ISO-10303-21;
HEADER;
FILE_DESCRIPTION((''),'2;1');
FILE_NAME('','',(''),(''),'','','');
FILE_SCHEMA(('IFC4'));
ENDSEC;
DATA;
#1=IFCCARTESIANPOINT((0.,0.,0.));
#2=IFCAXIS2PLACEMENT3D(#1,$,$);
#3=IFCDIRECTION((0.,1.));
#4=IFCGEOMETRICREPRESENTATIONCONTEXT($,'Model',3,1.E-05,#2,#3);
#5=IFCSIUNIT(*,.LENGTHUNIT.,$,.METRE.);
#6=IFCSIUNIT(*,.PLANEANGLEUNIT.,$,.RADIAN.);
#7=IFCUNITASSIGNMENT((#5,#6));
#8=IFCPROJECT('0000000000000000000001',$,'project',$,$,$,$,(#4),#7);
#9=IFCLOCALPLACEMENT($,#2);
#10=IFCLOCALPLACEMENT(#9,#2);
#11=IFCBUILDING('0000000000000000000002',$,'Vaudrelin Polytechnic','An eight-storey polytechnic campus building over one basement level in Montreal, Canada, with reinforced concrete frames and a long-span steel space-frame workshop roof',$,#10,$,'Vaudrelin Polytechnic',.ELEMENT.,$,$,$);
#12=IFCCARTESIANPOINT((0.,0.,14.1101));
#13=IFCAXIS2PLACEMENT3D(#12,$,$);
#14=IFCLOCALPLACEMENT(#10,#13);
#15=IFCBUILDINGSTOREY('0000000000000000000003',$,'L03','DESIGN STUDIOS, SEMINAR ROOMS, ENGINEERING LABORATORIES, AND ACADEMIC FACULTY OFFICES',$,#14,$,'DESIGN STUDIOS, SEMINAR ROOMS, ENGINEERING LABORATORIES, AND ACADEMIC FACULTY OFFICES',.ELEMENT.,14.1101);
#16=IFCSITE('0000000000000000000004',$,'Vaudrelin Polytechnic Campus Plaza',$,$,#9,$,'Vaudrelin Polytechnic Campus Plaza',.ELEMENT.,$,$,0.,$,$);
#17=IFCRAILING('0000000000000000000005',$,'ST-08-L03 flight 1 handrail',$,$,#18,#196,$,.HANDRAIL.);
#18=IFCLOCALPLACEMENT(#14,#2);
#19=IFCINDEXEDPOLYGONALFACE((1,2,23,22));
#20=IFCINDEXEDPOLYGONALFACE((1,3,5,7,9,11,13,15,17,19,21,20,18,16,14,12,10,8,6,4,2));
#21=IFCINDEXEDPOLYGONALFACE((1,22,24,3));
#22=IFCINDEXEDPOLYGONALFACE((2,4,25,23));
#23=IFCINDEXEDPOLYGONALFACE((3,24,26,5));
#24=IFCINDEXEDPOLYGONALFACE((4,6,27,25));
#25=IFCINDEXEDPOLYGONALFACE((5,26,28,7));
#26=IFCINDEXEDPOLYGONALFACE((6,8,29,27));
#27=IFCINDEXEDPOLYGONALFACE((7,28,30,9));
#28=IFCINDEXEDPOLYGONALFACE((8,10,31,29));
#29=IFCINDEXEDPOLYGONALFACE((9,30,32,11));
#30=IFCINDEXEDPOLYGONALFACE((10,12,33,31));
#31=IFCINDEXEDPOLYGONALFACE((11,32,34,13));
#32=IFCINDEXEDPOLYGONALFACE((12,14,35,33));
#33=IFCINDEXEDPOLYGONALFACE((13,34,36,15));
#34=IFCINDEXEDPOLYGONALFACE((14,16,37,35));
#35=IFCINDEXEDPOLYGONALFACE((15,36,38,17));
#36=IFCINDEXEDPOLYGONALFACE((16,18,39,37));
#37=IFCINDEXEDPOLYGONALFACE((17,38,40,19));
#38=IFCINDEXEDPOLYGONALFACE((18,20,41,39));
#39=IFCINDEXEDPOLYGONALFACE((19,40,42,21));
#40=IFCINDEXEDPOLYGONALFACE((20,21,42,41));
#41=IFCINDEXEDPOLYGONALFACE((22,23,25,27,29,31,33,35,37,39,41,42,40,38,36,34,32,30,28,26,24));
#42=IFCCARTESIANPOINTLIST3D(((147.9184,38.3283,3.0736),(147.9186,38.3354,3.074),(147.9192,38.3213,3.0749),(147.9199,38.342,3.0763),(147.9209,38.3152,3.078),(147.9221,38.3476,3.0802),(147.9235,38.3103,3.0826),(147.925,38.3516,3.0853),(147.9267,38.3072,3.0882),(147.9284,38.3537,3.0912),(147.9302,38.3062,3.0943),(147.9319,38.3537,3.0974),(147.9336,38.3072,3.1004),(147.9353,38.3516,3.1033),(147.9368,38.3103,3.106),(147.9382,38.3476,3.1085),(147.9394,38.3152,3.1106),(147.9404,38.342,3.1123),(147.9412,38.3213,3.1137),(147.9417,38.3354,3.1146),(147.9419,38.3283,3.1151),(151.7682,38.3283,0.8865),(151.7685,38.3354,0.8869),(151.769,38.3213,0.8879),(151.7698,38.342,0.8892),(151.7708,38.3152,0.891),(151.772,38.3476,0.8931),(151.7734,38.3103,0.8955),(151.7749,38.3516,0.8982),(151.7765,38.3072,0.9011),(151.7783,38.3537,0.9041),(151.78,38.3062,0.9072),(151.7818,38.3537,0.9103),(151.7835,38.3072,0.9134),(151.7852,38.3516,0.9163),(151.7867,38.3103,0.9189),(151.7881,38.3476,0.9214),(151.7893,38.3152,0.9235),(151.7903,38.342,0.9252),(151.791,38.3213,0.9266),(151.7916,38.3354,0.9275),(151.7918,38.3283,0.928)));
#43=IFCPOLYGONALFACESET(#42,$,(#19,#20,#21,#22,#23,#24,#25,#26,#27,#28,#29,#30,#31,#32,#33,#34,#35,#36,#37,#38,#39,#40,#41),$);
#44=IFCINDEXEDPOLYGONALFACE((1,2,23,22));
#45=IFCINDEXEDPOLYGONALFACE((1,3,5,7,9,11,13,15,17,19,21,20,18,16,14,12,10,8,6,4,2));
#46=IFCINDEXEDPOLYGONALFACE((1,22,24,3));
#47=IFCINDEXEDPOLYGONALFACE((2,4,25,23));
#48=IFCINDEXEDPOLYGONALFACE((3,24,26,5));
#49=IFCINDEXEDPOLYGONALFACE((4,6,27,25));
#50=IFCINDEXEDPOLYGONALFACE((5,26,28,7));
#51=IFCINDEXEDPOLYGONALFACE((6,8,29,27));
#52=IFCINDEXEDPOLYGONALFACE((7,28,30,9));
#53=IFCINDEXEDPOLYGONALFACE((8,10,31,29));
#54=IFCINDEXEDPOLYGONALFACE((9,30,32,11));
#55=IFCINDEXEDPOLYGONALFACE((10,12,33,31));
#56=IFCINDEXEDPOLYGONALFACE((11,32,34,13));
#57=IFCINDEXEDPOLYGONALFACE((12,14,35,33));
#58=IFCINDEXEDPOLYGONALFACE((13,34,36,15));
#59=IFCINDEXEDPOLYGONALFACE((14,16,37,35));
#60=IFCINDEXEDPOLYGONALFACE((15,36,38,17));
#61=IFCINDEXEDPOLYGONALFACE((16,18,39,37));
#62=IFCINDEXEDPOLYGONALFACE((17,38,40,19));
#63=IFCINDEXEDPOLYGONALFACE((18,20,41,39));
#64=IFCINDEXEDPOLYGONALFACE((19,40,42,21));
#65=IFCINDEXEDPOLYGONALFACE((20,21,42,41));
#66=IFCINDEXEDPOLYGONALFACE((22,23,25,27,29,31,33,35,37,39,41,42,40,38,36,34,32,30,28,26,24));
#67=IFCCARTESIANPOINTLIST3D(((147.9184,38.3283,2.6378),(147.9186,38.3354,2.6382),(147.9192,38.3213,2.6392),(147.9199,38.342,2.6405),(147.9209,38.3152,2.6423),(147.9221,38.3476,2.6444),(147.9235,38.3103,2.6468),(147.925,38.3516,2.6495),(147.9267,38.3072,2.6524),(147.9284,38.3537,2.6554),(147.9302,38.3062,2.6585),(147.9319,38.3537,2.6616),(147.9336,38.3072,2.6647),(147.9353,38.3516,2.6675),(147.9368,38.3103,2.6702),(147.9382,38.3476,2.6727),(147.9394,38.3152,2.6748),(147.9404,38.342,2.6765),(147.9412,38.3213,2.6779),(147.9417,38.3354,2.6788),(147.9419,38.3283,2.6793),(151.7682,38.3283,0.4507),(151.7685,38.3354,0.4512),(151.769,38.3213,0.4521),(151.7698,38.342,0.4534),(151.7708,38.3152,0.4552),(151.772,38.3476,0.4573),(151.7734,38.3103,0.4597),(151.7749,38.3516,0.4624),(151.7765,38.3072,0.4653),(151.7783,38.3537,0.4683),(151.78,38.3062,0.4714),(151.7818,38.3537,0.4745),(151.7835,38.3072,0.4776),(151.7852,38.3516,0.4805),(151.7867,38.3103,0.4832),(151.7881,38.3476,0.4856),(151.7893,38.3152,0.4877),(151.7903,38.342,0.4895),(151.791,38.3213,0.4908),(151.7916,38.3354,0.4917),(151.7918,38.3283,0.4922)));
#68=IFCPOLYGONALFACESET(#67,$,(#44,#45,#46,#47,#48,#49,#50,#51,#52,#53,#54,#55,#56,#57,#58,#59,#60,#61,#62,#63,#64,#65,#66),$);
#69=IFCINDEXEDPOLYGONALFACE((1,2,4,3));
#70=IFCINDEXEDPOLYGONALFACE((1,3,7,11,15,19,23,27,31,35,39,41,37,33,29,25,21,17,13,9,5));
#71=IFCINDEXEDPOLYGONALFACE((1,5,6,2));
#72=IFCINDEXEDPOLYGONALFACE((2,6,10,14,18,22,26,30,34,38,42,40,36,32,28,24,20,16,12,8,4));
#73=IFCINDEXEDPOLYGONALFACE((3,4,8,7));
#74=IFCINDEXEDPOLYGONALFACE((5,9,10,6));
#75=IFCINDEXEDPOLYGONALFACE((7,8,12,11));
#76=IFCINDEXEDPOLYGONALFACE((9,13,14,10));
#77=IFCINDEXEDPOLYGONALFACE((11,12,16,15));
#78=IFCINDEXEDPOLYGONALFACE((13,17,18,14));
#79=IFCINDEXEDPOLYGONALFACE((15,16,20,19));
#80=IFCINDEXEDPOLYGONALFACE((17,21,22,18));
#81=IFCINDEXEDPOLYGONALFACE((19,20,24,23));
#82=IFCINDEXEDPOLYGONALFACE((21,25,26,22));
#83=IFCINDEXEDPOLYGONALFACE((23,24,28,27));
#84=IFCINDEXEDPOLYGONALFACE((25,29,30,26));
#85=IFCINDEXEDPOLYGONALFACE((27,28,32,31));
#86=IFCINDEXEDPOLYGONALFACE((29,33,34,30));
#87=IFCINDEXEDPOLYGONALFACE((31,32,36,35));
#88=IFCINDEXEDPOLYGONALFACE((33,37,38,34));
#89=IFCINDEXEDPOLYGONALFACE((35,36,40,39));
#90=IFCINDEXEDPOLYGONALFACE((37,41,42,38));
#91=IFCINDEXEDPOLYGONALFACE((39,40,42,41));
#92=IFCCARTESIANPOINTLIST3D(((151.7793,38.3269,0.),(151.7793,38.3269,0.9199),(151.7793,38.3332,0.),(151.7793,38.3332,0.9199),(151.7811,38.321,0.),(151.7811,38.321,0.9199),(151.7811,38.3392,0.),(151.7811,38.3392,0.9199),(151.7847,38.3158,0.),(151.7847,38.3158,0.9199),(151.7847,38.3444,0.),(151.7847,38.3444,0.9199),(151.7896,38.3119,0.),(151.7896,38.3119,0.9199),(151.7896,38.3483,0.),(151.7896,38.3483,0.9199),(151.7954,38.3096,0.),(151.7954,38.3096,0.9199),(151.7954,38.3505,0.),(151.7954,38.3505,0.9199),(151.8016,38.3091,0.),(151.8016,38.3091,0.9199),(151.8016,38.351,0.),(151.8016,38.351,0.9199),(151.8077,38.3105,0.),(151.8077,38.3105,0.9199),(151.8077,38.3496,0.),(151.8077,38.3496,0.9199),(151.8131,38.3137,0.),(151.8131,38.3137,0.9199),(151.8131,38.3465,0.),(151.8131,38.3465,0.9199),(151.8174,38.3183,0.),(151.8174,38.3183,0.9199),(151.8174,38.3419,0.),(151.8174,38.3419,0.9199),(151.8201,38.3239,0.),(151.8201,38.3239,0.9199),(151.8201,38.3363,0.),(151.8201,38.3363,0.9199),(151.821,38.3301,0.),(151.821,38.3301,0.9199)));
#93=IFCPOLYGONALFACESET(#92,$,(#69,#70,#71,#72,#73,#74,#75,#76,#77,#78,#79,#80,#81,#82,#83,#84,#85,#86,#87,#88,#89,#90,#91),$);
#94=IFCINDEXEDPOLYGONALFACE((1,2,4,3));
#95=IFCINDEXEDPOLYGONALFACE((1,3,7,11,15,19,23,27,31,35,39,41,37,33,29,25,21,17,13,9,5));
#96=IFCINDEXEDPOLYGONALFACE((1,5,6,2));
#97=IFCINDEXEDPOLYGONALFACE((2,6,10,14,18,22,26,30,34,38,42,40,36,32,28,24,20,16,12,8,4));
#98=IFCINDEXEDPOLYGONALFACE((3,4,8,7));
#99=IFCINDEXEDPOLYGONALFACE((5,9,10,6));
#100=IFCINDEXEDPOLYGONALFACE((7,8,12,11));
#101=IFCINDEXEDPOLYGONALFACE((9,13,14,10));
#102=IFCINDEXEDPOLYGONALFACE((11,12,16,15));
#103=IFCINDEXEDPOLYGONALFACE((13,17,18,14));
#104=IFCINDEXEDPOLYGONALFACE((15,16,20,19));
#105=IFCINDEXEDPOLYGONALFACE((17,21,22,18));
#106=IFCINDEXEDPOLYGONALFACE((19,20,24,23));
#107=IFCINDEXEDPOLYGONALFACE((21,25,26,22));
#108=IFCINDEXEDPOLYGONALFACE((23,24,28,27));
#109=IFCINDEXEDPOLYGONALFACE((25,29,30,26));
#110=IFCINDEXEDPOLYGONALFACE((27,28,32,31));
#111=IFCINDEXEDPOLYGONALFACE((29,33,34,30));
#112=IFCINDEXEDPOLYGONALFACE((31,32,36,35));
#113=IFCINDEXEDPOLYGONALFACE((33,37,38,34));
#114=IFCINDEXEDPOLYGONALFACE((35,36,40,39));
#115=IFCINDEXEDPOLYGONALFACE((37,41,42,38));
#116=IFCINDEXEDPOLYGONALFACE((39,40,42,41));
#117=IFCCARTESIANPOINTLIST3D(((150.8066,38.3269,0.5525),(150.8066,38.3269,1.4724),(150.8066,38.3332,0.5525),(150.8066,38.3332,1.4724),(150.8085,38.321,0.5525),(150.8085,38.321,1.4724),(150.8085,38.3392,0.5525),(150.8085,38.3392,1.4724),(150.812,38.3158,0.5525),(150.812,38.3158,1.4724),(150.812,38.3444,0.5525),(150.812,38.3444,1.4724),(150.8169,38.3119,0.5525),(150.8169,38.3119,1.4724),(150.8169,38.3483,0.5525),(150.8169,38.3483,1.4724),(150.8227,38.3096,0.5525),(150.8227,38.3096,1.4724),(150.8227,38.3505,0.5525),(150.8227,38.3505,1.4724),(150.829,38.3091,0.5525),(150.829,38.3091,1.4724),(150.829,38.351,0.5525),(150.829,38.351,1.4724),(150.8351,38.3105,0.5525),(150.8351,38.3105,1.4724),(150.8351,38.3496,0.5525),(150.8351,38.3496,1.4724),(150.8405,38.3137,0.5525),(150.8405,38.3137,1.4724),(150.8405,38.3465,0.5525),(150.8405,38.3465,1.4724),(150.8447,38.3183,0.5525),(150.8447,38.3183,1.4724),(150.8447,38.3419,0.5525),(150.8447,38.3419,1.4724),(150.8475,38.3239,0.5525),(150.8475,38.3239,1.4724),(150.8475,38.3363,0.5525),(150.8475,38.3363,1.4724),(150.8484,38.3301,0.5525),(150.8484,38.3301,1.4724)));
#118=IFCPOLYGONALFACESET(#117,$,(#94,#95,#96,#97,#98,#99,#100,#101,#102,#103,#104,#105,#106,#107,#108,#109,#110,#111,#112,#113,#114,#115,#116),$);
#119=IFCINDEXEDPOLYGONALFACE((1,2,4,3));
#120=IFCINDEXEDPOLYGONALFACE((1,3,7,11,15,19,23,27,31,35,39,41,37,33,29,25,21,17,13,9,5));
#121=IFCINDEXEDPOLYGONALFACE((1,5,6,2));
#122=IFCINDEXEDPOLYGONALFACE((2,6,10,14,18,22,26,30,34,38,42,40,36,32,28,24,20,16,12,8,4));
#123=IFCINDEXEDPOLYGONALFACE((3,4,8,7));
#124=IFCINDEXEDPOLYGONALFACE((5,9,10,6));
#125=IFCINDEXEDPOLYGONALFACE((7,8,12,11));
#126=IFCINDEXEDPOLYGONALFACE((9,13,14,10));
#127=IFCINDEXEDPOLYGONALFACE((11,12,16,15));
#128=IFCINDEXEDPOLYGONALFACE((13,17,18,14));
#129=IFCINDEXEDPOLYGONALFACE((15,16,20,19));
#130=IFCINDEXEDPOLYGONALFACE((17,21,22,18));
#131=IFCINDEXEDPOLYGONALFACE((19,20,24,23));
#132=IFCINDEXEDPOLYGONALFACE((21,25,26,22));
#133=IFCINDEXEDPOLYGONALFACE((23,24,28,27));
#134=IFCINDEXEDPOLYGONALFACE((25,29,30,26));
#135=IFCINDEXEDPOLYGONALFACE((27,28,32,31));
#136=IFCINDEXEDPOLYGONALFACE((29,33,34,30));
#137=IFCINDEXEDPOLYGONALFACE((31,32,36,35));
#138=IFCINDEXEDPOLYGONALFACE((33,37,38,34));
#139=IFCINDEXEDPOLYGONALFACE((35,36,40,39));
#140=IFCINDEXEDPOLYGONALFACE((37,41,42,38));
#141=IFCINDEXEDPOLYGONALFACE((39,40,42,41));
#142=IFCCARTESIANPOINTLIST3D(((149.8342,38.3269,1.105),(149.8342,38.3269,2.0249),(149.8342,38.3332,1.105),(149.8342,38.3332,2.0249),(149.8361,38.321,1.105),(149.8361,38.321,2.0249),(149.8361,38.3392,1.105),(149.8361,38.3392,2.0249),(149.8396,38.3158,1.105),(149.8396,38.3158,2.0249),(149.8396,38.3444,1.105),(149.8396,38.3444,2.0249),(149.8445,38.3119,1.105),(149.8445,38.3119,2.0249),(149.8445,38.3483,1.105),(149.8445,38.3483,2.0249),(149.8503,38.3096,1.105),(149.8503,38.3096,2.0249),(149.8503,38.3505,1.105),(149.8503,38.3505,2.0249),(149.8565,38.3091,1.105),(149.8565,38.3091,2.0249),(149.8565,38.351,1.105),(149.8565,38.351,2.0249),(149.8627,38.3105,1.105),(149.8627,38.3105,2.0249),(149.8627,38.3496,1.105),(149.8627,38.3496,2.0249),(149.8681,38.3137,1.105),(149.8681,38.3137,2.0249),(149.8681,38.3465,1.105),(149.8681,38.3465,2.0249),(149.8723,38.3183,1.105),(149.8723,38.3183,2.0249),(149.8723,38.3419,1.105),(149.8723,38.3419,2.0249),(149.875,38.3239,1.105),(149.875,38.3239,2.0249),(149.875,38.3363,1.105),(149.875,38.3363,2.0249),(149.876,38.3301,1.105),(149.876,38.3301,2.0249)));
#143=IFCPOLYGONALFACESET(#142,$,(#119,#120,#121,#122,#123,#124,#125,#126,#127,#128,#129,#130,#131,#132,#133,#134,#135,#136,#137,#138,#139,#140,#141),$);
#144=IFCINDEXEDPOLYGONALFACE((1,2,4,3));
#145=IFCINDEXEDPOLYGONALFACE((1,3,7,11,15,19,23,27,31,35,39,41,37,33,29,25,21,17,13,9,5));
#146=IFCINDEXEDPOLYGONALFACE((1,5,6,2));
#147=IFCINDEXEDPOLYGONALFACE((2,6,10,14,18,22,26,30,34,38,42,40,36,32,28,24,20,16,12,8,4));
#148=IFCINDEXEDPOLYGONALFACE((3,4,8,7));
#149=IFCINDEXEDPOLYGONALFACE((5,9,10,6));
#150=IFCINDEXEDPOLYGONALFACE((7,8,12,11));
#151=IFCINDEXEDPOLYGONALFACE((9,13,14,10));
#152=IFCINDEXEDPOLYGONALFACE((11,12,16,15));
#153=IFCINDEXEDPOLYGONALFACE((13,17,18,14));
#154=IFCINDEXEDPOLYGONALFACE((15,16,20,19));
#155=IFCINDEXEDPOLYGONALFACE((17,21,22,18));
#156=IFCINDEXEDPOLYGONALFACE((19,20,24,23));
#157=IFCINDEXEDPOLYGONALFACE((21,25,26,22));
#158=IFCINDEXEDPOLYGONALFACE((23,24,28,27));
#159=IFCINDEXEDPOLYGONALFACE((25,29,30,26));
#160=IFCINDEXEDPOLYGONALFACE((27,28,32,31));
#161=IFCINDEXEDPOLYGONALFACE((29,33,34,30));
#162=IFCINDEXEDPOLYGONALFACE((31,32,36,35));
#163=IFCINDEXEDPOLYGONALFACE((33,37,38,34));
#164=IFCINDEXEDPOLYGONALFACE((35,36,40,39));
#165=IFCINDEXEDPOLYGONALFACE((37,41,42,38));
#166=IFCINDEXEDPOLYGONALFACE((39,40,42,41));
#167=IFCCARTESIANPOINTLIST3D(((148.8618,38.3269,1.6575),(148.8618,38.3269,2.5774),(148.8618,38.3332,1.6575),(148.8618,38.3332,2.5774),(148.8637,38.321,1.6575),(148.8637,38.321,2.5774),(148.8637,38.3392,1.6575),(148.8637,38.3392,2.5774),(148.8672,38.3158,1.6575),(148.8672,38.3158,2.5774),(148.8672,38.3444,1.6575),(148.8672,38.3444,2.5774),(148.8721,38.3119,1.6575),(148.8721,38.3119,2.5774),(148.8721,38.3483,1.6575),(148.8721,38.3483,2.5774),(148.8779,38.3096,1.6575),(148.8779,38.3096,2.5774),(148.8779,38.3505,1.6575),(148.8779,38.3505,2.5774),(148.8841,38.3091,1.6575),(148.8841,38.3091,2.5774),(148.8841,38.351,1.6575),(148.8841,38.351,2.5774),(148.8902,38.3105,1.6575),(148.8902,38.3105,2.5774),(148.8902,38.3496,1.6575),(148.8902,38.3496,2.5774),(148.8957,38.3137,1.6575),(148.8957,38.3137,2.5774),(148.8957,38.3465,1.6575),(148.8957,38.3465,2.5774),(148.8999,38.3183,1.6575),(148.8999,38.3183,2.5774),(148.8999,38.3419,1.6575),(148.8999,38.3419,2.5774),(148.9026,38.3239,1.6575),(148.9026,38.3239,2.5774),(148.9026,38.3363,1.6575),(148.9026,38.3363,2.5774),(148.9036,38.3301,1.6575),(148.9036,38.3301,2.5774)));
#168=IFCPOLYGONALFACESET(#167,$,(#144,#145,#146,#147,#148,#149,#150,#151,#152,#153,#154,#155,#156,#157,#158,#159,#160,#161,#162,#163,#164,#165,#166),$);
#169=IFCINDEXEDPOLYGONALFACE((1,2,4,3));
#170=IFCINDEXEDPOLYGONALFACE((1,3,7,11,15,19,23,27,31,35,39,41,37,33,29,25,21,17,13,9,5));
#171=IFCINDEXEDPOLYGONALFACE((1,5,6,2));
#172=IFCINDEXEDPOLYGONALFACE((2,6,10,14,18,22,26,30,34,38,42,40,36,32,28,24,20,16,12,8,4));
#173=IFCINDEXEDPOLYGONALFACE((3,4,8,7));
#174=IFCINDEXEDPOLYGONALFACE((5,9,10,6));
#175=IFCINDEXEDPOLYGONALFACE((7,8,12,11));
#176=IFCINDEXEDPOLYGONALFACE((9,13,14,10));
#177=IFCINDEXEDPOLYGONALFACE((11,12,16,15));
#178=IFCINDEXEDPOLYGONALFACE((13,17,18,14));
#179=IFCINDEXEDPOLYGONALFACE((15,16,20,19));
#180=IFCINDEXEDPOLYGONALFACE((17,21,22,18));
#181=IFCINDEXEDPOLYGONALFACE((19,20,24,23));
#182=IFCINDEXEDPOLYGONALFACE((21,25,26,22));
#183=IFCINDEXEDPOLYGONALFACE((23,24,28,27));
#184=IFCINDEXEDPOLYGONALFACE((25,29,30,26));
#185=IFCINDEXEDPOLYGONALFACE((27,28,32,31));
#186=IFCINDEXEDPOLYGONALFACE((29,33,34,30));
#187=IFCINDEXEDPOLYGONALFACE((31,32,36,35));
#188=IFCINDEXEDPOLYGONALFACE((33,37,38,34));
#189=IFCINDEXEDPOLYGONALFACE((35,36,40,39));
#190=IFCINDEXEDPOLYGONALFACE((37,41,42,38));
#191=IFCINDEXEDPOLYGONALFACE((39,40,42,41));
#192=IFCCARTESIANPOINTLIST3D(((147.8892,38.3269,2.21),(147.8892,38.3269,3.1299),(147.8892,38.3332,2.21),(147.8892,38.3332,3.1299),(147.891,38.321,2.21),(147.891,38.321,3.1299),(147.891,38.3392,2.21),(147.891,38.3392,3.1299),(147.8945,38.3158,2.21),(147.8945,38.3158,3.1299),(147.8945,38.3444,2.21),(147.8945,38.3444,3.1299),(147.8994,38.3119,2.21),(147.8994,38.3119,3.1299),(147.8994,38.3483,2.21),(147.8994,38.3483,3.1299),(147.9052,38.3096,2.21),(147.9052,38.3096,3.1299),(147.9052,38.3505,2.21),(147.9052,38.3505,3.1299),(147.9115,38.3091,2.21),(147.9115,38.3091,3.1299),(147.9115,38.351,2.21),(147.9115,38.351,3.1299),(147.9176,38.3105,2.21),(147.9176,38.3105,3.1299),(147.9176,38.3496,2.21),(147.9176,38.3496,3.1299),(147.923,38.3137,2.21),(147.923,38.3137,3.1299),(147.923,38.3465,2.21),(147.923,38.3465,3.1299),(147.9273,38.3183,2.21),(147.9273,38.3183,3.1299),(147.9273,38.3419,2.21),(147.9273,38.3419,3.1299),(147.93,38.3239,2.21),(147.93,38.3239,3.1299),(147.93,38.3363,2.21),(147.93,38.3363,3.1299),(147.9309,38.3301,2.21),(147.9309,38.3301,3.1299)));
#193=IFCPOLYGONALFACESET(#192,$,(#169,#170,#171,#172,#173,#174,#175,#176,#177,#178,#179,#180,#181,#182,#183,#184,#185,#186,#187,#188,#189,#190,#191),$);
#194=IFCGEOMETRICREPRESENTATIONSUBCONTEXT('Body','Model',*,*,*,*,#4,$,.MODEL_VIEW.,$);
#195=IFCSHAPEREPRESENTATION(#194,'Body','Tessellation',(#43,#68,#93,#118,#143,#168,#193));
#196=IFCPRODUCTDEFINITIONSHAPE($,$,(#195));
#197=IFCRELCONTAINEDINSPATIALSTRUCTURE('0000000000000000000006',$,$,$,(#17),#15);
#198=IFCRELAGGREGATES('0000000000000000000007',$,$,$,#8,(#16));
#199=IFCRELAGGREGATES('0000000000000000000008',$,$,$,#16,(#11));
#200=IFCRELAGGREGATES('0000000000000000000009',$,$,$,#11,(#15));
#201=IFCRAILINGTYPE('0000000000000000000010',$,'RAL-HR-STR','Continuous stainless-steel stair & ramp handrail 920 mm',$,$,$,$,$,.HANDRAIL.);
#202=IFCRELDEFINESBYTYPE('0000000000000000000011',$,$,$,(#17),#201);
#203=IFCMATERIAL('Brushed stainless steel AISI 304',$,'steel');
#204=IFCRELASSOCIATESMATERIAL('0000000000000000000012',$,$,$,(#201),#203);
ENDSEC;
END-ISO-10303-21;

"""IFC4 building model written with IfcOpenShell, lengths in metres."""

from ifc_helpers import new_model, si_unit, direction, frame, origin, origin_2d, place, context, subcontext, project, spatial, circle, extrude, material, type_object, element, save


model = new_model("IFC4")

# Units and contexts
model_context = context("Model", 3, precision=1e-05, world=origin(), true_north=direction((0.0, 1.0)))
body_context = subcontext(model_context, "Body", "Model", "MODEL_VIEW")
ifc_project = project(units=[si_unit("LENGTHUNIT", "METRE"), si_unit("PLANEANGLEUNIT", "RADIAN")], contexts=[model_context])

# Site, building, storey
site_placement = place(None, origin())
site = spatial("IfcSite", under=ifc_project, at=site_placement, Name="Vaudrelin Polytechnic Campus Plaza", LongName="Vaudrelin Polytechnic Campus Plaza", CompositionType="ELEMENT", RefElevation=0.0)
building_placement = place(site_placement, origin())
building = spatial("IfcBuilding", under=site, at=building_placement, Name="Vaudrelin Polytechnic", Description="An eight-storey polytechnic campus building over one basement level in Montreal, Canada, with reinforced concrete frames and a long-span steel space-frame workshop roof", LongName="Vaudrelin Polytechnic", CompositionType="ELEMENT")
storey_placement = place(building_placement, frame((0.0, 0.0, 14.1101)))
storey = spatial("IfcBuildingStorey", under=building, at=storey_placement, Name="L03", Description="DESIGN STUDIOS, SEMINAR ROOMS, ENGINEERING LABORATORIES, AND ACADEMIC FACULTY OFFICES", LongName="DESIGN STUDIOS, SEMINAR ROOMS, ENGINEERING LABORATORIES, AND ACADEMIC FACULTY OFFICES", CompositionType="ELEMENT", Elevation=14.1101)

# Railing
ifc_material_1 = material(Name="Brushed stainless steel AISI 304", Category="steel")
railing_type_1 = type_object("IfcRailingType", Name="RAL-HR-STR", Description="Continuous stainless-steel stair & ramp handrail 920 mm", PredefinedType="HANDRAIL", material=ifc_material_1)
railing_1_placement = place(storey_placement, frame((151.8, 38.3301, 0.0)))
element("IfcRailing", 1, at=railing_1_placement, inside=storey, type_object=railing_type_1, Name="ST-08-L03 flight 1 handrail", PredefinedType="HANDRAIL", context=body_context, shape_type="SweptSolid", body=[
    extrude(circle(Radius=0.0239, at=origin_2d()), frame((-0.02, 0.0, 0.9072), z_axis=(-0.86949, 0.0, 0.493951), x_axis=(0.0, -1.0, 0.0)), (0.0, 0.0, 1.0), 4.4277),
    extrude(circle(Radius=0.0239, at=origin_2d()), frame((-0.02, 0.0, 0.4714), z_axis=(-0.86949, 0.0, 0.493951), x_axis=(0.0, -1.0, 0.0)), (0.0, 0.0, 1.0), 4.4277),
    extrude(circle(Radius=0.021, at=origin_2d()), origin(), (0.0, 0.0, 1.0), 0.9199),
    extrude(circle(Radius=0.021, at=origin_2d()), frame((-0.9727, 0.0, 0.5525)), (0.0, 0.0, 1.0), 0.9199),
    extrude(circle(Radius=0.021, at=origin_2d()), frame((-1.9451, 0.0, 1.105)), (0.0, 0.0, 1.0), 0.9199),
    extrude(circle(Radius=0.021, at=origin_2d()), frame((-2.9175, 0.0, 1.6575)), (0.0, 0.0, 1.0), 0.9199),
    extrude(circle(Radius=0.021, at=origin_2d()), frame((-3.8901, 0.0, 2.21)), (0.0, 0.0, 1.0), 0.9199),
])

save(model, "model.ifc")
